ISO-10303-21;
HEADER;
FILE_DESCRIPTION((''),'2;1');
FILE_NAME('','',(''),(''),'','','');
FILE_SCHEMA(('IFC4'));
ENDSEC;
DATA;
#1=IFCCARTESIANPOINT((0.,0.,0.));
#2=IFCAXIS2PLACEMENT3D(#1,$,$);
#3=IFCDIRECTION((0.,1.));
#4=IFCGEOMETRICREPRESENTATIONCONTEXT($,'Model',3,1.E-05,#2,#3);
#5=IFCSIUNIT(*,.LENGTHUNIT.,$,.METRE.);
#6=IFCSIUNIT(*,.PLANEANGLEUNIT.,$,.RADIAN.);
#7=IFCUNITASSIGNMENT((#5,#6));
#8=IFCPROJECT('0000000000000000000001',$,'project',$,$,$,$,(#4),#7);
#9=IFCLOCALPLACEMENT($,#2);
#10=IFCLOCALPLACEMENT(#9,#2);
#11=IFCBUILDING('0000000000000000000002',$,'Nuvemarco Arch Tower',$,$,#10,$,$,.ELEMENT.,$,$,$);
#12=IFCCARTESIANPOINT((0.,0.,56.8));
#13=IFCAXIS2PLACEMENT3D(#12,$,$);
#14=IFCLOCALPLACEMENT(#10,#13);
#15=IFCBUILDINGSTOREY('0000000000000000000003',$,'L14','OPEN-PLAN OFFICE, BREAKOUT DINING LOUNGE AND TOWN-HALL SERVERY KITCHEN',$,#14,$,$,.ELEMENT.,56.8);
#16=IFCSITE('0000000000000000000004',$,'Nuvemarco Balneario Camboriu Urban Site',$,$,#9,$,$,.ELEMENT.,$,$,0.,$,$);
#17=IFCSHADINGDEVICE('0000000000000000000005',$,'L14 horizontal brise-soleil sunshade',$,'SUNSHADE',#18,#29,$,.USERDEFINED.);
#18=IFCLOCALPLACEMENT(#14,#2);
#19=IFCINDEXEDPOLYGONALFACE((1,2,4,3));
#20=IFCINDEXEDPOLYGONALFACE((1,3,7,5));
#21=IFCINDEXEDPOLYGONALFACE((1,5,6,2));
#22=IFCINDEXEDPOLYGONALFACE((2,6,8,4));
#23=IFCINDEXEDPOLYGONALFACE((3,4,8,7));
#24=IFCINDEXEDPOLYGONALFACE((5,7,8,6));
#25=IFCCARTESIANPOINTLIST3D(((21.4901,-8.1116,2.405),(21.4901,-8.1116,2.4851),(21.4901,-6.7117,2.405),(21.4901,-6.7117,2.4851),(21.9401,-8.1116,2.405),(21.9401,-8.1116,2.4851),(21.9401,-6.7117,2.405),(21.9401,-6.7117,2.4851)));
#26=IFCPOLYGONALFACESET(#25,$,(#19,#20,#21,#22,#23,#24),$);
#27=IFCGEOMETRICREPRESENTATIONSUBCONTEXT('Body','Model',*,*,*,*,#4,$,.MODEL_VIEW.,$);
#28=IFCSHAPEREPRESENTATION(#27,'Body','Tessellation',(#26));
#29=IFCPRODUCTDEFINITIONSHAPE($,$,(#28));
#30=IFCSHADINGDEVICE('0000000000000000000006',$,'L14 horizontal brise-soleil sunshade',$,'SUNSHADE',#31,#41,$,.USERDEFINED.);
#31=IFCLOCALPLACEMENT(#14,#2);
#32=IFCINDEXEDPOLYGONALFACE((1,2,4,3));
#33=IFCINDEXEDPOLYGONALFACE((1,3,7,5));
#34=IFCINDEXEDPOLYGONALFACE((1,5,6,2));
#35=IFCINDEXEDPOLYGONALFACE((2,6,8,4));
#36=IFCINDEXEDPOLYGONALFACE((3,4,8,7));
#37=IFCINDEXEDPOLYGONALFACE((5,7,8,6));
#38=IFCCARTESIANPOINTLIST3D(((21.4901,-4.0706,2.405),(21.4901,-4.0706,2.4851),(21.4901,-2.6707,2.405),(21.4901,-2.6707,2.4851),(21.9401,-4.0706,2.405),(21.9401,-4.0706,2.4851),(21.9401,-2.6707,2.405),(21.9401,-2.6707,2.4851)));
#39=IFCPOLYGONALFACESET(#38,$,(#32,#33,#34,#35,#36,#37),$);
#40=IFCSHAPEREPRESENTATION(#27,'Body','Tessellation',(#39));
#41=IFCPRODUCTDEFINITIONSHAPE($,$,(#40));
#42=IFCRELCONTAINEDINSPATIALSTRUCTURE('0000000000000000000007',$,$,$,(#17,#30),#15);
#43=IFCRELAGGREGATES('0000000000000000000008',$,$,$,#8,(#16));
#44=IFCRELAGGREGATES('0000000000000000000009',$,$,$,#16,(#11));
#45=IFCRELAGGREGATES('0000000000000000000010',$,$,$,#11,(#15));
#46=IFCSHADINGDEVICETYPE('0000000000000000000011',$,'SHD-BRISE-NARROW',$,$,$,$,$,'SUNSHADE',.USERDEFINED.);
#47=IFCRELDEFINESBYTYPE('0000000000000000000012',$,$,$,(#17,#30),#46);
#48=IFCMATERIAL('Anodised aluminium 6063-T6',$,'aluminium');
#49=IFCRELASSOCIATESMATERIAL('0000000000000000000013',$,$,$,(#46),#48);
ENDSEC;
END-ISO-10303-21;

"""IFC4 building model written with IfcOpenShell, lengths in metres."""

from ifc_helpers import new_model, si_unit, direction, frame, origin, origin_2d, place, context, subcontext, project, spatial, rectangle, extrude, source, transform, mapped, material, type_object, type_shapes, element, save


model = new_model("IFC4")

# Units and contexts
model_context = context("Model", 3, precision=1e-05, world=origin(), true_north=direction((0.0, 1.0)))
body_context = subcontext(model_context, "Body", "Model", "MODEL_VIEW")
ifc_project = project(units=[si_unit("LENGTHUNIT", "METRE"), si_unit("PLANEANGLEUNIT", "RADIAN")], contexts=[model_context])

# Site, building, storey
site_placement = place(None, origin())
site = spatial("IfcSite", under=ifc_project, at=site_placement, Name="Nuvemarco Balneario Camboriu Urban Site", CompositionType="ELEMENT", RefElevation=0.0)
building_placement = place(site_placement, origin())
building = spatial("IfcBuilding", under=site, at=building_placement, Name="Nuvemarco Arch Tower", CompositionType="ELEMENT")
storey_placement = place(building_placement, frame((0.0, 0.0, 56.8)))
storey = spatial("IfcBuildingStorey", under=building, at=storey_placement, Name="L14", Description="OPEN-PLAN OFFICE, BREAKOUT DINING LOUNGE AND TOWN-HALL SERVERY KITCHEN", CompositionType="ELEMENT", Elevation=56.8)

# Shading devices
ifc_material_1 = material(Name="Anodised aluminium 6063-T6", Category="aluminium")
shading_device_type = type_object("IfcShadingDeviceType", Name="SHD-BRISE-NARROW", ElementType="SUNSHADE", PredefinedType="USERDEFINED", material=ifc_material_1)
shared_shape_1 = source(origin(), body_context, "Body", "SweptSolid", [
    extrude(rectangle(XDim=1.3999, YDim=0.45, at=origin_2d()), origin(), (0.0, 0.0, 1.0), 0.0801),
])
type_shapes(shading_device_type, [shared_shape_1])
for number, where, z_axis, x_axis, name in (
    (1, (21.7151, -7.4116, 2.405), (0.0, 0.0, 1.0), (0.0, 1.0, 0.0), "L14 horizontal brise-soleil sunshade"),
    (2, (21.7151, -3.3706, 2.405), (0.0, 0.0, 1.0), (0.0, 1.0, 0.0), "L14 horizontal brise-soleil sunshade"),
):
    element("IfcShadingDevice", number, at=place(storey_placement, frame(where, z_axis=z_axis, x_axis=x_axis)), inside=storey, type_object=shading_device_type, Name=name, ObjectType="SUNSHADE", PredefinedType="USERDEFINED", context=body_context, shape_type="MappedRepresentation", body=[
        mapped(shared_shape_1, transform((0.0, 0.0, 0.0), scale=1.0)),
    ])

save(model, "model.ifc")
